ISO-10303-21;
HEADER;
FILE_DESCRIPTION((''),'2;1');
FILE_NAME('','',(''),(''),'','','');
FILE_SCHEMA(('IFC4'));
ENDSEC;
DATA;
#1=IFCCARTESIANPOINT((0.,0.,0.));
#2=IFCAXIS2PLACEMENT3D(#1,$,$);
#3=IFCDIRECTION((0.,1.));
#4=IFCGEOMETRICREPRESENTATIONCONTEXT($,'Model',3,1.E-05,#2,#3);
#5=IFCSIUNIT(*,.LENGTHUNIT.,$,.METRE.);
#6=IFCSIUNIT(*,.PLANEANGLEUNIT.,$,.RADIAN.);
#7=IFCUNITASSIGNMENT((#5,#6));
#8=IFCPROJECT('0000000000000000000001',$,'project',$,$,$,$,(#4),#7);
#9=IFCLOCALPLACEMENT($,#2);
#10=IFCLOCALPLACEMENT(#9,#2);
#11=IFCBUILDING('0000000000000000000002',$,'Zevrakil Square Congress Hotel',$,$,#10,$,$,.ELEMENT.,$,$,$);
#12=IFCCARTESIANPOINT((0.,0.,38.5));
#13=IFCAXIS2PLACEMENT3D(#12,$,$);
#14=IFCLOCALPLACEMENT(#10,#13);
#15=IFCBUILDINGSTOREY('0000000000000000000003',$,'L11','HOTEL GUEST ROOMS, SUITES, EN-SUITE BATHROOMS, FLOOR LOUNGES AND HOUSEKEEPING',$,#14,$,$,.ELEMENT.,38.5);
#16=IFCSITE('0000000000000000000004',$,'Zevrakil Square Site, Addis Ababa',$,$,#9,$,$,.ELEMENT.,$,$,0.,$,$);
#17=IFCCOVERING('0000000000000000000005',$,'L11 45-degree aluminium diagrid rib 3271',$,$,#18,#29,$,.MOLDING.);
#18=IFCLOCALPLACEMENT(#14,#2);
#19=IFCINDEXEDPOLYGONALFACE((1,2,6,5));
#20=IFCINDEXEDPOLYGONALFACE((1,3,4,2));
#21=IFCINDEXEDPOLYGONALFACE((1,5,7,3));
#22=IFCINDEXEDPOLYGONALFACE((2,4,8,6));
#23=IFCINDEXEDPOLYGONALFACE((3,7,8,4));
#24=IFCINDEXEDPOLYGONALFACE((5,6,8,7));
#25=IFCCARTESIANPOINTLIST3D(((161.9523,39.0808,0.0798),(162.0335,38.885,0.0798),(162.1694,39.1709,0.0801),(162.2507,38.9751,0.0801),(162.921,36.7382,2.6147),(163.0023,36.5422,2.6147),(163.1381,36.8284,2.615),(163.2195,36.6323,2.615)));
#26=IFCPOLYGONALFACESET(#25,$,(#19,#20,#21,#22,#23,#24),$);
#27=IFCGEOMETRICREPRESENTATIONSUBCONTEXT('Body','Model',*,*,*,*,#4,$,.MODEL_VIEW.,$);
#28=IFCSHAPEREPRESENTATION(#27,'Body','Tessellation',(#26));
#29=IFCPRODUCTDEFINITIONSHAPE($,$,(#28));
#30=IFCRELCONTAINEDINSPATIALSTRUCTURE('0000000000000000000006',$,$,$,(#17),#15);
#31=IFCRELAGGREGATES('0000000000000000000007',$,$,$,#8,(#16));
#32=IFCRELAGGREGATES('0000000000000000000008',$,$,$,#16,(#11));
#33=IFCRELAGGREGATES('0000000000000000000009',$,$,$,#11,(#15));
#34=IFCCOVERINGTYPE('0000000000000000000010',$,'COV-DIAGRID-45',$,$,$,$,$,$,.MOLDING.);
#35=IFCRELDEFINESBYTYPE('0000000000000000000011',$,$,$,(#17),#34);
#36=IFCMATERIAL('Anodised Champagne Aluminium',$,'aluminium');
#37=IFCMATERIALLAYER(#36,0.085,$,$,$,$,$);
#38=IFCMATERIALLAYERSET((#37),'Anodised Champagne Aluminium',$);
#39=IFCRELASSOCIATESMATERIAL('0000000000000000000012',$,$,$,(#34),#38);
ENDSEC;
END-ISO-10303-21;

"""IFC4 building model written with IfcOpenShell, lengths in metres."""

from ifc_helpers import new_model, si_unit, direction, frame, origin, place, context, subcontext, project, spatial, polyline, outline, extrude, material, layer, layer_set, type_object, element, save


model = new_model("IFC4")

# Units and contexts
model_context = context("Model", 3, precision=1e-05, world=origin(), true_north=direction((0.0, 1.0)))
body_context = subcontext(model_context, "Body", "Model", "MODEL_VIEW")
ifc_project = project(units=[si_unit("LENGTHUNIT", "METRE"), si_unit("PLANEANGLEUNIT", "RADIAN")], contexts=[model_context])

# Site, building, storey
site_placement = place(None, origin())
site = spatial("IfcSite", under=ifc_project, at=site_placement, Name="Zevrakil Square Site, Addis Ababa", CompositionType="ELEMENT", RefElevation=0.0)
building_placement = place(site_placement, origin())
building = spatial("IfcBuilding", under=site, at=building_placement, Name="Zevrakil Square Congress Hotel", CompositionType="ELEMENT")
storey_placement = place(building_placement, frame((0.0, 0.0, 38.5)))
storey = spatial("IfcBuildingStorey", under=building, at=storey_placement, Name="L11", Description="HOTEL GUEST ROOMS, SUITES, EN-SUITE BATHROOMS, FLOOR LOUNGES AND HOUSEKEEPING", CompositionType="ELEMENT", Elevation=38.5)

# Covering
ifc_material_1 = material(Name="Anodised Champagne Aluminium", Category="aluminium")
ifc_layer_1 = layer(ifc_material_1, 0.085)
ifc_layer_set_1 = layer_set([ifc_layer_1], Name="Anodised Champagne Aluminium")
covering_type_1 = type_object("IfcCoveringType", Name="COV-DIAGRID-45", PredefinedType="MOLDING", material=ifc_layer_set_1)
covering_1_placement = place(storey_placement, frame((163.2195, 36.6323, 2.615), z_axis=(0.923637, 0.383266, 0.001217), x_axis=(-0.383267, 0.923638, 0.0)))
element("IfcCovering", 1, at=covering_1_placement, inside=storey, type_object=covering_type_1, Name="L11 45-degree aluminium diagrid rib 3271", PredefinedType="MOLDING", context=body_context, shape_type="SweptSolid", body=[
    extrude(outline(polyline([(0.0, 0.0), (0.2122, 0.0), (2.7472, -2.5349), (2.5352, -2.5349), (0.0, 0.0)])), origin(), (0.0, 0.0, -1.0), 0.2351),
])

save(model, "model.ifc")
